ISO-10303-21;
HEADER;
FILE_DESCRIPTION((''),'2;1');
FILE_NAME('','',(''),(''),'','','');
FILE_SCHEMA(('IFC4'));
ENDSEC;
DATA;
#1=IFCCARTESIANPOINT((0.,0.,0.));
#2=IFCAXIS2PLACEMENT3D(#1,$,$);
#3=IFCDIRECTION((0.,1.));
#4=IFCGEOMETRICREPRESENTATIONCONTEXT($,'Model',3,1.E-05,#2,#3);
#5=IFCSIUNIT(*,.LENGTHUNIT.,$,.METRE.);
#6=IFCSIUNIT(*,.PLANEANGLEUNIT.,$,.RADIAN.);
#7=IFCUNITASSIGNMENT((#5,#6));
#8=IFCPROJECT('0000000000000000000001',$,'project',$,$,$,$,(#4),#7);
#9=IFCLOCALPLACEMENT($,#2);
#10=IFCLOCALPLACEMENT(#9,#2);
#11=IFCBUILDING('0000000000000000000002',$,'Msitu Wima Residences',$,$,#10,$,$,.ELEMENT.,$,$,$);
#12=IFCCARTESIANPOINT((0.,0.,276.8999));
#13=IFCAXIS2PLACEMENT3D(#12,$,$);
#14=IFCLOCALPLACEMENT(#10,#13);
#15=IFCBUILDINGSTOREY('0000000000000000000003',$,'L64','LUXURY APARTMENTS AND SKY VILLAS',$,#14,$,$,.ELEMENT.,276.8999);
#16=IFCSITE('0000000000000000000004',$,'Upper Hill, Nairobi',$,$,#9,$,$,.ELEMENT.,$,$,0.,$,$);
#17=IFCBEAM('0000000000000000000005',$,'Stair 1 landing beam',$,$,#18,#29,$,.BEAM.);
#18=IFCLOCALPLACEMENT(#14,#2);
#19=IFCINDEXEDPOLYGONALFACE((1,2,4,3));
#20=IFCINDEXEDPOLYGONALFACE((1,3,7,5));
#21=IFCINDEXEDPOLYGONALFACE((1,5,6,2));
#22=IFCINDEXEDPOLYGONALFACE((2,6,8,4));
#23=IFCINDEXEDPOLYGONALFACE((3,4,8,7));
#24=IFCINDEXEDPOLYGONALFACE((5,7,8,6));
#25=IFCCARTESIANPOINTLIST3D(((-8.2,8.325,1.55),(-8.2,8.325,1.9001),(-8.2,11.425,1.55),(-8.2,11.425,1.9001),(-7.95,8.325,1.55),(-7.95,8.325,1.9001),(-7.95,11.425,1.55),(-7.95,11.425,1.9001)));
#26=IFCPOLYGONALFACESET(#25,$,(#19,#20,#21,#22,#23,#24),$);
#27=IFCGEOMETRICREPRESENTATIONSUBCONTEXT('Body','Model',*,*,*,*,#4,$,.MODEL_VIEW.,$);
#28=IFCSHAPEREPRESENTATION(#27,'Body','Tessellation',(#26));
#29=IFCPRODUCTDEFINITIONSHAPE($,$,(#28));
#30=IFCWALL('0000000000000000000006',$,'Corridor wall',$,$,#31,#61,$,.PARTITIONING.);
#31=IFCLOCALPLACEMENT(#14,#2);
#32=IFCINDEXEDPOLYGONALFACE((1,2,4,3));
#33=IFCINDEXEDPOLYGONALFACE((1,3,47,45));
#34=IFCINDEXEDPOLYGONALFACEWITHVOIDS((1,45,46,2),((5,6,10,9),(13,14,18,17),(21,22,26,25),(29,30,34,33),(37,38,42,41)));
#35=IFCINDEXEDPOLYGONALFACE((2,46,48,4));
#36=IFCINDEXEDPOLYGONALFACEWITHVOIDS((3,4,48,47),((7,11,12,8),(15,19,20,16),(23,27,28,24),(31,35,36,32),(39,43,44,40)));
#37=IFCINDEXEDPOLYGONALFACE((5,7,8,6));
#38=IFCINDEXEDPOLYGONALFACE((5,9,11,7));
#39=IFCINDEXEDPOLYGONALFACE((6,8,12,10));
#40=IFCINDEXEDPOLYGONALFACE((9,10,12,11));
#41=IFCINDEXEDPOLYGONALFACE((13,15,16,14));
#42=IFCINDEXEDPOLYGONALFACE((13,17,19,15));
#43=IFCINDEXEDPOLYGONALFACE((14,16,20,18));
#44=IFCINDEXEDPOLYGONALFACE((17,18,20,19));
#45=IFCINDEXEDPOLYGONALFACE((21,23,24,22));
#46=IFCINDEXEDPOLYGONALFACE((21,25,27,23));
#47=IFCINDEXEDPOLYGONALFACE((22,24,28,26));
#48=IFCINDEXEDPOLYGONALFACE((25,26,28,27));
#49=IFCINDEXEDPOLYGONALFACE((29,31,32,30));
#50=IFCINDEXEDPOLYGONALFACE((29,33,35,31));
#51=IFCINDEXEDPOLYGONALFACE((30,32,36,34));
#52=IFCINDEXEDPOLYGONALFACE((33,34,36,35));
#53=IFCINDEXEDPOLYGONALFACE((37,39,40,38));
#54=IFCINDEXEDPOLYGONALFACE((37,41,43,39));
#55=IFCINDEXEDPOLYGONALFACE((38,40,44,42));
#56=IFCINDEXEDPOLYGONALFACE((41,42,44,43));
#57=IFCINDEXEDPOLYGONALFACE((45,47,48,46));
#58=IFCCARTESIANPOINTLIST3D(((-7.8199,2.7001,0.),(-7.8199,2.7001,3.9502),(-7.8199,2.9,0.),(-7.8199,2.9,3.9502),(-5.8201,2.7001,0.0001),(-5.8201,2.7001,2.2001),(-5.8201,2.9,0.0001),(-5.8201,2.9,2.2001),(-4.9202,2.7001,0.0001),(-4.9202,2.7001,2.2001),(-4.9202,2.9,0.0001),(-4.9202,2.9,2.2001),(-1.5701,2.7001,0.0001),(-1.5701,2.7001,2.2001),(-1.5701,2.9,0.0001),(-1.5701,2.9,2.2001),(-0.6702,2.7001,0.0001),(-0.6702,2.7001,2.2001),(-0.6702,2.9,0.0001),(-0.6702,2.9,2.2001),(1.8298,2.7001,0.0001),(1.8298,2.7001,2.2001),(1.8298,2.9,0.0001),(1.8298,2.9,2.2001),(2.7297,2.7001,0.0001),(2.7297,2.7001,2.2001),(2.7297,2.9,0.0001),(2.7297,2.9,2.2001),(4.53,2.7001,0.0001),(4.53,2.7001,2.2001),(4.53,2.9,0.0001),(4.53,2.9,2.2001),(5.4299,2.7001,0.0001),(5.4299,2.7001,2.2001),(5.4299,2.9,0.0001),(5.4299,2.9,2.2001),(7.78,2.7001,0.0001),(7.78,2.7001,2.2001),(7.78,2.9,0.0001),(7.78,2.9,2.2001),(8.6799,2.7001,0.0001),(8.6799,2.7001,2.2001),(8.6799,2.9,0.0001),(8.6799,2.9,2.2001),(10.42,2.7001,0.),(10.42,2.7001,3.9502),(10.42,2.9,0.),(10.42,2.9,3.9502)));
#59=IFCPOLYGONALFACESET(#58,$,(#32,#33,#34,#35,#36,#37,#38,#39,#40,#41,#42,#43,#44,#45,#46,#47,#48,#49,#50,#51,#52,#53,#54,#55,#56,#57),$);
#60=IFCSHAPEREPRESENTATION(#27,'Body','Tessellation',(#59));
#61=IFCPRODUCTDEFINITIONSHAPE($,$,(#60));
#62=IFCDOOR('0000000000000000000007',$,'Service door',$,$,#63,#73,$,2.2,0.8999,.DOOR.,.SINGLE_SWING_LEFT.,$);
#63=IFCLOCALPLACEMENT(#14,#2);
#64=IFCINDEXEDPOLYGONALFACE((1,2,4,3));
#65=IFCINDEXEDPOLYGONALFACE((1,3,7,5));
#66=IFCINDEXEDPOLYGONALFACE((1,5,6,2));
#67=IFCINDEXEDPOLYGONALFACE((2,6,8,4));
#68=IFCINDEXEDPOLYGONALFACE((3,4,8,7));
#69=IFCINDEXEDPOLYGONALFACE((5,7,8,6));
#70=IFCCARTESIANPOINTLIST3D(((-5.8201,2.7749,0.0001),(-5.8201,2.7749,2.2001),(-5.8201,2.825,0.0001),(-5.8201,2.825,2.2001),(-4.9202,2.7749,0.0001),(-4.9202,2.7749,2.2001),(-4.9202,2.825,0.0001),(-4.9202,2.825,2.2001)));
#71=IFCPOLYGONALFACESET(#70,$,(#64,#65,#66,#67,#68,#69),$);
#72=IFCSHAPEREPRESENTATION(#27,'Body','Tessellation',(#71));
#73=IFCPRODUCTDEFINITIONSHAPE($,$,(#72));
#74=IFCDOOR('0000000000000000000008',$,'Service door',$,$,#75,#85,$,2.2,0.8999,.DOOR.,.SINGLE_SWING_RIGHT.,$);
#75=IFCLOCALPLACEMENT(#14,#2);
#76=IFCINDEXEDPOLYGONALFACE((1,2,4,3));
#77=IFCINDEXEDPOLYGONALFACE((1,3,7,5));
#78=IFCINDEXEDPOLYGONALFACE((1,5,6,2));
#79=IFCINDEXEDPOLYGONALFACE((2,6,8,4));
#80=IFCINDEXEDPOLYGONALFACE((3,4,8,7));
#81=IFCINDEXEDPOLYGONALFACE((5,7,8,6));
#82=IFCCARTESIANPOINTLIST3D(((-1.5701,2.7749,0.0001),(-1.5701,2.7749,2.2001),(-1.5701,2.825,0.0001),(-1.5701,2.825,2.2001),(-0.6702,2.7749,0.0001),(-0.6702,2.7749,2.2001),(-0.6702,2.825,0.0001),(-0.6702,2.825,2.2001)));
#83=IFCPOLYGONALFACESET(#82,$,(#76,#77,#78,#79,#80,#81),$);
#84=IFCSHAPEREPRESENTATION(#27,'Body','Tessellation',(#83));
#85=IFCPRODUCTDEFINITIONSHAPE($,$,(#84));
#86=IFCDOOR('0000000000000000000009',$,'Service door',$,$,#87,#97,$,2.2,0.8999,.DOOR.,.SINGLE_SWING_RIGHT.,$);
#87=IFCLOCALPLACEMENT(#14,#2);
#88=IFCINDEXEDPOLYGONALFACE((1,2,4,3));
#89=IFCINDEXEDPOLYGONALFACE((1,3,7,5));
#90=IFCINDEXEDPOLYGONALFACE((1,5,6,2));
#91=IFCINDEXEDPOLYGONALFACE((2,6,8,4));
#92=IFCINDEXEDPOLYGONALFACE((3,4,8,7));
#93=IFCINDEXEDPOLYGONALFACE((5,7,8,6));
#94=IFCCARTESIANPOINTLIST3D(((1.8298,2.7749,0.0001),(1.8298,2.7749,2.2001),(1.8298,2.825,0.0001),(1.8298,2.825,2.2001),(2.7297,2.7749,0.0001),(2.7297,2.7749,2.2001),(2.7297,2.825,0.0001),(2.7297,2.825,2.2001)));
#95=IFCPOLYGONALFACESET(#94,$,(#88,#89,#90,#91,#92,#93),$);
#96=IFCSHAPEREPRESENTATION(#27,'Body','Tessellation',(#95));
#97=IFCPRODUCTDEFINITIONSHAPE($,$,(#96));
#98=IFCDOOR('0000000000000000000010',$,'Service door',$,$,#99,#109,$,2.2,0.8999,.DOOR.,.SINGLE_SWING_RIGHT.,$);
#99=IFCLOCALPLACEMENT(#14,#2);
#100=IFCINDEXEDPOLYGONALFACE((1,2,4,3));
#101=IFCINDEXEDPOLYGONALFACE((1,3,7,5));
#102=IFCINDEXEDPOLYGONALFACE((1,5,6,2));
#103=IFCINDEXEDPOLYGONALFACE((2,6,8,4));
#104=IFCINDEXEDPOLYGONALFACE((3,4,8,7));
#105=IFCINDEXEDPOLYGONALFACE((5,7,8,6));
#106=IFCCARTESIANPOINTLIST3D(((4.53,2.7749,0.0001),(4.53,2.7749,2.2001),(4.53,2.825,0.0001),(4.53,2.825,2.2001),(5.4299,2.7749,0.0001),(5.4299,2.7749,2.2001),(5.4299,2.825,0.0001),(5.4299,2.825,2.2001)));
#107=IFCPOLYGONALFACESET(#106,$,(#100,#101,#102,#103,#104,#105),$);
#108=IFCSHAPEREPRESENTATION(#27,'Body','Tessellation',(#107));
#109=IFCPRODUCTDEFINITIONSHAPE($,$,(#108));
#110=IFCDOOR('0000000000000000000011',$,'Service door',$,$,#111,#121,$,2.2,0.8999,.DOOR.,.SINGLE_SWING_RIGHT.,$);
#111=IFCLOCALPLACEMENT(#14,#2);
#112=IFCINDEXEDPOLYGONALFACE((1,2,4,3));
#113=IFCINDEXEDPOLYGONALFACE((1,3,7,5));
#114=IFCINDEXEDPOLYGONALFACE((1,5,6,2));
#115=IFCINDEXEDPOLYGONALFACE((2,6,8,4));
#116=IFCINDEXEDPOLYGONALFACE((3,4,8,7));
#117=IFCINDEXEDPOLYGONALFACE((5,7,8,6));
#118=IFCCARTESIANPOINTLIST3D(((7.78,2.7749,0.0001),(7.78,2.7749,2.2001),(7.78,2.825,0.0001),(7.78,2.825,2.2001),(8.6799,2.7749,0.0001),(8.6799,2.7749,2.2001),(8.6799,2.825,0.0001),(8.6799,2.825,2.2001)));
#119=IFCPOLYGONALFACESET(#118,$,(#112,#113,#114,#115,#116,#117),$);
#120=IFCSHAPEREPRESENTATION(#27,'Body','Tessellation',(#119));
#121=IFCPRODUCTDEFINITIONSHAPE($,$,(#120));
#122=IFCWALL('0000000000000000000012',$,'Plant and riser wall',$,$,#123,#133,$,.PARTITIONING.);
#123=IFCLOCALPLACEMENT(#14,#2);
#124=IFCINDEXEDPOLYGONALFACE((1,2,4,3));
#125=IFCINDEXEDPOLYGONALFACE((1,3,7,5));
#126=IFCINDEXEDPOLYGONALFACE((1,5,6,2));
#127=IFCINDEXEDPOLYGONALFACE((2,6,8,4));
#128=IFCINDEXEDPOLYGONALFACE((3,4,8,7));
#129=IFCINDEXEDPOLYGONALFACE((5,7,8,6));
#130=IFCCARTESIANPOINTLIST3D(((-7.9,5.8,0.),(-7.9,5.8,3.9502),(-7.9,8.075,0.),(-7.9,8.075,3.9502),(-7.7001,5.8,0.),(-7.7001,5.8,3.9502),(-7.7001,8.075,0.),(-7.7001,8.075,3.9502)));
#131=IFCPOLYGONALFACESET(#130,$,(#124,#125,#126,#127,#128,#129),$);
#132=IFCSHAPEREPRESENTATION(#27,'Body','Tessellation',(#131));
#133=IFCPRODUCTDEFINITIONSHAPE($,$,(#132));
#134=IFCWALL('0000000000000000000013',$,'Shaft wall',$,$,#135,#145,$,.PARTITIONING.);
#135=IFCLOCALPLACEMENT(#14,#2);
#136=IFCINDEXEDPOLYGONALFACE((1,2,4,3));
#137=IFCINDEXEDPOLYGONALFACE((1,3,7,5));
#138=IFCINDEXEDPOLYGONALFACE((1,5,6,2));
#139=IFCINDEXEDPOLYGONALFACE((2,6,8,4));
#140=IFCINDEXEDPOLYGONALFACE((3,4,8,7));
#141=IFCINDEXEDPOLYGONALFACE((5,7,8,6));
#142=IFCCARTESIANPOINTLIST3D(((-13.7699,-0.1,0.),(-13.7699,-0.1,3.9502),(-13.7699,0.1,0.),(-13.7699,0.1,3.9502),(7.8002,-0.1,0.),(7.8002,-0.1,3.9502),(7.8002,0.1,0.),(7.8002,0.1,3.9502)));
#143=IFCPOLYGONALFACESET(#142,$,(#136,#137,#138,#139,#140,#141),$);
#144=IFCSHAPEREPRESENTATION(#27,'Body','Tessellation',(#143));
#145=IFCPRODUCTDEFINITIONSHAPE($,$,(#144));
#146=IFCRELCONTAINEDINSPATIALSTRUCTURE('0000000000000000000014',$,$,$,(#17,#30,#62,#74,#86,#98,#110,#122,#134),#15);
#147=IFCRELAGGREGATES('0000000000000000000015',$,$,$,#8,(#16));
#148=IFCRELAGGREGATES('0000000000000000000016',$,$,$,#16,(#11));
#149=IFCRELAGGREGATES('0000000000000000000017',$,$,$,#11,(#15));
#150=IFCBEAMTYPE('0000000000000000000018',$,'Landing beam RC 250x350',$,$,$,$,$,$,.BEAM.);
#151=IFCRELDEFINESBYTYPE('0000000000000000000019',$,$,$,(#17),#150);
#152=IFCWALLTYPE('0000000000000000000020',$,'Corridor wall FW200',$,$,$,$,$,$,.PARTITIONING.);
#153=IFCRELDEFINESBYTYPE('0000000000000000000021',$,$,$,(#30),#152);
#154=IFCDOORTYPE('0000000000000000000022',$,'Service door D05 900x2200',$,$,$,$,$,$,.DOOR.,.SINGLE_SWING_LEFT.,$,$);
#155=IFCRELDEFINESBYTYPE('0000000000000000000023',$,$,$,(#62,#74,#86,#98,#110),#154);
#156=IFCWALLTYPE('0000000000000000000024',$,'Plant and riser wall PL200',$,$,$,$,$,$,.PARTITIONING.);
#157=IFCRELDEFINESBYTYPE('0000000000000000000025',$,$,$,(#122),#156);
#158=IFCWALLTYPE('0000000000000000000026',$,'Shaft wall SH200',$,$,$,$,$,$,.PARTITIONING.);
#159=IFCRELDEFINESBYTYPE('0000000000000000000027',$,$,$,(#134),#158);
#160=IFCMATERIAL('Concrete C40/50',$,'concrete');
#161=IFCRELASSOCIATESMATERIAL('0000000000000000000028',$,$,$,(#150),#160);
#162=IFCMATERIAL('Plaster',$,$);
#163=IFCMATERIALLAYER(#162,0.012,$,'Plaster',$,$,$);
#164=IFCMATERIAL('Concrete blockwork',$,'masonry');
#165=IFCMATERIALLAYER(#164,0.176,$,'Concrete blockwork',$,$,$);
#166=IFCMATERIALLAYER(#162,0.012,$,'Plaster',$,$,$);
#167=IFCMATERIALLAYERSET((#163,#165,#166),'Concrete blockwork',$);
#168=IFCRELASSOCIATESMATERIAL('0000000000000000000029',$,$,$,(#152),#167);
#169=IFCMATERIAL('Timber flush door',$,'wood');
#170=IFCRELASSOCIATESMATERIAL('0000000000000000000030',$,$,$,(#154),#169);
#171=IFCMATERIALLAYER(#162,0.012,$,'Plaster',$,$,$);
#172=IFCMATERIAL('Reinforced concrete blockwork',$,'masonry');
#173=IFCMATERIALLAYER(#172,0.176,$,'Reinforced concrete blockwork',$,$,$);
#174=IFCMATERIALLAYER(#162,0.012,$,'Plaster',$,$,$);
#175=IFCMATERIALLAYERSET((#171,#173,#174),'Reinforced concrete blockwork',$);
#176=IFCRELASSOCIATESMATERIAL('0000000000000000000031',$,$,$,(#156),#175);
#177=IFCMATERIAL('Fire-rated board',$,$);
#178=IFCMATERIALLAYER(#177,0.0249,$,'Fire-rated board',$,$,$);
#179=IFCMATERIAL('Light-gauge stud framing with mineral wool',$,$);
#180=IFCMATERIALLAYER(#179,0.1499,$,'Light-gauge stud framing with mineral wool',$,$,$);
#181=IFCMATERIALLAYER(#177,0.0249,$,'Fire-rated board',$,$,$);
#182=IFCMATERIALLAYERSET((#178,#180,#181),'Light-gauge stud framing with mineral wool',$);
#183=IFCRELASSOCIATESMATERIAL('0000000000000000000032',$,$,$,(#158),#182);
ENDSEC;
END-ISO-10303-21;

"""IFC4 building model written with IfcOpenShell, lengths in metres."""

from ifc_helpers import new_model, si_unit, direction, frame, frame_2d, origin, origin_2d, place, context, subcontext, project, spatial, rectangle, extrude, material, layer, layer_set, material_profile, profile_set, type_object, element, fill, save


model = new_model("IFC4")

# Units and contexts
model_context = context("Model", 3, precision=1e-05, world=origin(), true_north=direction((0.0, 1.0)))
body_context = subcontext(model_context, "Body", "Model", "MODEL_VIEW")
ifc_project = project(units=[si_unit("LENGTHUNIT", "METRE"), si_unit("PLANEANGLEUNIT", "RADIAN")], contexts=[model_context])

# Site, building, storey
site_placement = place(None, origin())
site = spatial("IfcSite", under=ifc_project, at=site_placement, Name="Upper Hill, Nairobi", CompositionType="ELEMENT", RefElevation=0.0)
building_placement = place(site_placement, origin())
building = spatial("IfcBuilding", under=site, at=building_placement, Name="Msitu Wima Residences", CompositionType="ELEMENT")
storey_placement = place(building_placement, frame((0.0, 0.0, 276.8999)))
storey = spatial("IfcBuildingStorey", under=building, at=storey_placement, Name="L64", Description="LUXURY APARTMENTS AND SKY VILLAS", CompositionType="ELEMENT", Elevation=276.8999)

# Beam
ifc_material_1 = material(Name="Concrete C40/50", Category="concrete")
ifc_material_profile = material_profile(ifc_material_1, rectangle(XDim=0.25, YDim=0.3501, at=origin_2d()), Name="RC 250x350")
ifc_profile_set = profile_set([ifc_material_profile], Name="Concrete C40/50")
beam_type = type_object("IfcBeamType", Name="Landing beam RC 250x350", PredefinedType="BEAM", material=ifc_profile_set)
beam_placement = place(storey_placement, frame((-8.075, 8.325, 1.7251), z_axis=(0.0, 1.0, 0.0), x_axis=(-1.0, 0.0, 0.0)))
element("IfcBeam", 1, at=beam_placement, inside=storey, type_object=beam_type, Name="Stair 1 landing beam", PredefinedType="BEAM", context=body_context, shape_type="SweptSolid", body=[
    extrude(rectangle(XDim=0.25, YDim=0.3501, at=origin_2d()), origin(), (0.0, 0.0, 1.0), 3.1001),
])

# Wall, openings, doors
ifc_material_2 = material(Name="Plaster")
ifc_layer_1 = layer(ifc_material_2, 0.012, Name="Plaster")
ifc_material_3 = material(Name="Concrete blockwork", Category="masonry")
ifc_layer_2 = layer(ifc_material_3, 0.176, Name="Concrete blockwork")
ifc_layer_3 = layer(ifc_material_2, 0.012, Name="Plaster")
ifc_layer_set_1 = layer_set([ifc_layer_1, ifc_layer_2, ifc_layer_3], Name="Concrete blockwork")
wall_type_1 = type_object("IfcWallType", Name="Corridor wall FW200", PredefinedType="PARTITIONING", material=ifc_layer_set_1)
wall_1_placement = place(storey_placement, frame((-7.8201, 2.8, 0.0), z_axis=(0.0, 0.0, 1.0), x_axis=(1.0, 0.0, 0.0)))
wall_1 = element("IfcWall", 2, at=wall_1_placement, inside=storey, type_object=wall_type_1, Name="Corridor wall", PredefinedType="PARTITIONING", context=body_context, shape_type="SweptSolid", body=[
    extrude(rectangle(XDim=18.24, YDim=0.2, at=frame_2d((9.1201, 0.0))), origin(), (0.0, 0.0, 1.0), 3.9502),
])
opening_1_placement = place(wall_1_placement, frame((2.0, 0.0, 0.0)))
opening_1 = element("IfcOpeningElement", 3, at=opening_1_placement, cuts=wall_1, PredefinedType="OPENING", context=body_context, shape_type="SweptSolid", body=[
    extrude(rectangle(XDim=0.8999, YDim=2.2, at=frame_2d((0.45, 1.1001))), frame((0.0, 0.1099, 0.0), z_axis=(0.0, -1.0, 0.0), x_axis=(1.0, 0.0, 0.0)), (0.0, 0.0, 1.0), 0.22),
])
opening_2_placement = place(wall_1_placement, frame((6.25, 0.0, 0.0)))
opening_2 = element("IfcOpeningElement", 4, at=opening_2_placement, cuts=wall_1, PredefinedType="OPENING", context=body_context, shape_type="SweptSolid", body=[
    extrude(rectangle(XDim=0.8999, YDim=2.2, at=frame_2d((0.45, 1.1001))), frame((0.0, 0.1099, 0.0), z_axis=(0.0, -1.0, 0.0), x_axis=(1.0, 0.0, 0.0)), (0.0, 0.0, 1.0), 0.22),
])
opening_3_placement = place(wall_1_placement, frame((9.6499, 0.0, 0.0)))
opening_3 = element("IfcOpeningElement", 5, at=opening_3_placement, cuts=wall_1, PredefinedType="OPENING", context=body_context, shape_type="SweptSolid", body=[
    extrude(rectangle(XDim=0.8999, YDim=2.2, at=frame_2d((0.45, 1.1001))), frame((0.0, 0.1099, 0.0), z_axis=(0.0, -1.0, 0.0), x_axis=(1.0, 0.0, 0.0)), (0.0, 0.0, 1.0), 0.22),
])
opening_4_placement = place(wall_1_placement, frame((12.3501, 0.0, 0.0)))
opening_4 = element("IfcOpeningElement", 6, at=opening_4_placement, cuts=wall_1, PredefinedType="OPENING", context=body_context, shape_type="SweptSolid", body=[
    extrude(rectangle(XDim=0.8999, YDim=2.2, at=frame_2d((0.45, 1.1001))), frame((0.0, 0.1099, 0.0), z_axis=(0.0, -1.0, 0.0), x_axis=(1.0, 0.0, 0.0)), (0.0, 0.0, 1.0), 0.22),
])
opening_5_placement = place(wall_1_placement, frame((15.6001, 0.0, 0.0)))
opening_5 = element("IfcOpeningElement", 7, at=opening_5_placement, cuts=wall_1, PredefinedType="OPENING", context=body_context, shape_type="SweptSolid", body=[
    extrude(rectangle(XDim=0.8999, YDim=2.2, at=frame_2d((0.45, 1.1001))), frame((0.0, 0.1099, 0.0), z_axis=(0.0, -1.0, 0.0), x_axis=(1.0, 0.0, 0.0)), (0.0, 0.0, 1.0), 0.22),
])
ifc_material_4 = material(Name="Timber flush door", Category="wood")
door_type_1 = type_object("IfcDoorType", Name="Service door D05 900x2200", OperationType="SINGLE_SWING_LEFT", PredefinedType="DOOR", material=ifc_material_4)
door_1_placement = place(opening_1_placement, origin())
door_1 = element("IfcDoor", 8, at=door_1_placement, inside=storey, type_object=door_type_1, Name="Service door", OperationType="SINGLE_SWING_LEFT", OverallHeight=2.2, OverallWidth=0.8999, PredefinedType="DOOR", context=body_context, shape_type="SweptSolid", body=[
    extrude(rectangle(XDim=0.8999, YDim=2.2, at=frame_2d((0.45, 1.1001))), frame((0.0, 0.0249, 0.0), z_axis=(0.0, -1.0, 0.0), x_axis=(1.0, 0.0, 0.0)), (0.0, 0.0, 1.0), 0.05),
])
fill(opening_1, door_1)
door_2_placement = place(opening_2_placement, origin())
door_2 = element("IfcDoor", 9, at=door_2_placement, inside=storey, type_object=door_type_1, Name="Service door", OperationType="SINGLE_SWING_RIGHT", OverallHeight=2.2, OverallWidth=0.8999, PredefinedType="DOOR", context=body_context, shape_type="SweptSolid", body=[
    extrude(rectangle(XDim=0.8999, YDim=2.2, at=frame_2d((0.45, 1.1001))), frame((0.0, 0.0249, 0.0), z_axis=(0.0, -1.0, 0.0), x_axis=(1.0, 0.0, 0.0)), (0.0, 0.0, 1.0), 0.05),
])
fill(opening_2, door_2)
door_3_placement = place(opening_3_placement, origin())
door_3 = element("IfcDoor", 10, at=door_3_placement, inside=storey, type_object=door_type_1, Name="Service door", OperationType="SINGLE_SWING_RIGHT", OverallHeight=2.2, OverallWidth=0.8999, PredefinedType="DOOR", context=body_context, shape_type="SweptSolid", body=[
    extrude(rectangle(XDim=0.8999, YDim=2.2, at=frame_2d((0.45, 1.1001))), frame((0.0, 0.0249, 0.0), z_axis=(0.0, -1.0, 0.0), x_axis=(1.0, 0.0, 0.0)), (0.0, 0.0, 1.0), 0.05),
])
fill(opening_3, door_3)
door_4_placement = place(opening_4_placement, origin())
door_4 = element("IfcDoor", 11, at=door_4_placement, inside=storey, type_object=door_type_1, Name="Service door", OperationType="SINGLE_SWING_RIGHT", OverallHeight=2.2, OverallWidth=0.8999, PredefinedType="DOOR", context=body_context, shape_type="SweptSolid", body=[
    extrude(rectangle(XDim=0.8999, YDim=2.2, at=frame_2d((0.45, 1.1001))), frame((0.0, 0.0249, 0.0), z_axis=(0.0, -1.0, 0.0), x_axis=(1.0, 0.0, 0.0)), (0.0, 0.0, 1.0), 0.05),
])
fill(opening_4, door_4)
door_5_placement = place(opening_5_placement, origin())
door_5 = element("IfcDoor", 12, at=door_5_placement, inside=storey, type_object=door_type_1, Name="Service door", OperationType="SINGLE_SWING_RIGHT", OverallHeight=2.2, OverallWidth=0.8999, PredefinedType="DOOR", context=body_context, shape_type="SweptSolid", body=[
    extrude(rectangle(XDim=0.8999, YDim=2.2, at=frame_2d((0.45, 1.1001))), frame((0.0, 0.0249, 0.0), z_axis=(0.0, -1.0, 0.0), x_axis=(1.0, 0.0, 0.0)), (0.0, 0.0, 1.0), 0.05),
])
fill(opening_5, door_5)

# Walls
ifc_layer_4 = layer(ifc_material_2, 0.012, Name="Plaster")
ifc_material_5 = material(Name="Reinforced concrete blockwork", Category="masonry")
ifc_layer_5 = layer(ifc_material_5, 0.176, Name="Reinforced concrete blockwork")
ifc_layer_6 = layer(ifc_material_2, 0.012, Name="Plaster")
ifc_layer_set_2 = layer_set([ifc_layer_4, ifc_layer_5, ifc_layer_6], Name="Reinforced concrete blockwork")
wall_type_2 = type_object("IfcWallType", Name="Plant and riser wall PL200", PredefinedType="PARTITIONING", material=ifc_layer_set_2)
wall_2_placement = place(storey_placement, frame((-7.8, 5.8, 0.0), z_axis=(0.0, 0.0, 1.0), x_axis=(0.0, 1.0, 0.0)))
element("IfcWall", 13, at=wall_2_placement, inside=storey, type_object=wall_type_2, Name="Plant and riser wall", PredefinedType="PARTITIONING", context=body_context, shape_type="SweptSolid", body=[
    extrude(rectangle(XDim=2.2749, YDim=0.2, at=frame_2d((1.1375, 0.0))), origin(), (0.0, 0.0, 1.0), 3.9502),
])
ifc_material_6 = material(Name="Fire-rated board")
ifc_layer_7 = layer(ifc_material_6, 0.0249, Name="Fire-rated board")
ifc_material_7 = material(Name="Light-gauge stud framing with mineral wool")
ifc_layer_8 = layer(ifc_material_7, 0.1499, Name="Light-gauge stud framing with mineral wool")
ifc_layer_9 = layer(ifc_material_6, 0.0249, Name="Fire-rated board")
ifc_layer_set_3 = layer_set([ifc_layer_7, ifc_layer_8, ifc_layer_9], Name="Light-gauge stud framing with mineral wool")
wall_type_3 = type_object("IfcWallType", Name="Shaft wall SH200", PredefinedType="PARTITIONING", material=ifc_layer_set_3)
wall_3_placement = place(storey_placement, frame((-13.77, 0.0, 0.0), z_axis=(0.0, 0.0, 1.0), x_axis=(1.0, 0.0, 0.0)))
element("IfcWall", 14, at=wall_3_placement, inside=storey, type_object=wall_type_3, Name="Shaft wall", PredefinedType="PARTITIONING", context=body_context, shape_type="SweptSolid", body=[
    extrude(rectangle(XDim=21.5701, YDim=0.2, at=frame_2d((10.7852, 0.0))), origin(), (0.0, 0.0, 1.0), 3.9502),
])

save(model, "model.ifc")
